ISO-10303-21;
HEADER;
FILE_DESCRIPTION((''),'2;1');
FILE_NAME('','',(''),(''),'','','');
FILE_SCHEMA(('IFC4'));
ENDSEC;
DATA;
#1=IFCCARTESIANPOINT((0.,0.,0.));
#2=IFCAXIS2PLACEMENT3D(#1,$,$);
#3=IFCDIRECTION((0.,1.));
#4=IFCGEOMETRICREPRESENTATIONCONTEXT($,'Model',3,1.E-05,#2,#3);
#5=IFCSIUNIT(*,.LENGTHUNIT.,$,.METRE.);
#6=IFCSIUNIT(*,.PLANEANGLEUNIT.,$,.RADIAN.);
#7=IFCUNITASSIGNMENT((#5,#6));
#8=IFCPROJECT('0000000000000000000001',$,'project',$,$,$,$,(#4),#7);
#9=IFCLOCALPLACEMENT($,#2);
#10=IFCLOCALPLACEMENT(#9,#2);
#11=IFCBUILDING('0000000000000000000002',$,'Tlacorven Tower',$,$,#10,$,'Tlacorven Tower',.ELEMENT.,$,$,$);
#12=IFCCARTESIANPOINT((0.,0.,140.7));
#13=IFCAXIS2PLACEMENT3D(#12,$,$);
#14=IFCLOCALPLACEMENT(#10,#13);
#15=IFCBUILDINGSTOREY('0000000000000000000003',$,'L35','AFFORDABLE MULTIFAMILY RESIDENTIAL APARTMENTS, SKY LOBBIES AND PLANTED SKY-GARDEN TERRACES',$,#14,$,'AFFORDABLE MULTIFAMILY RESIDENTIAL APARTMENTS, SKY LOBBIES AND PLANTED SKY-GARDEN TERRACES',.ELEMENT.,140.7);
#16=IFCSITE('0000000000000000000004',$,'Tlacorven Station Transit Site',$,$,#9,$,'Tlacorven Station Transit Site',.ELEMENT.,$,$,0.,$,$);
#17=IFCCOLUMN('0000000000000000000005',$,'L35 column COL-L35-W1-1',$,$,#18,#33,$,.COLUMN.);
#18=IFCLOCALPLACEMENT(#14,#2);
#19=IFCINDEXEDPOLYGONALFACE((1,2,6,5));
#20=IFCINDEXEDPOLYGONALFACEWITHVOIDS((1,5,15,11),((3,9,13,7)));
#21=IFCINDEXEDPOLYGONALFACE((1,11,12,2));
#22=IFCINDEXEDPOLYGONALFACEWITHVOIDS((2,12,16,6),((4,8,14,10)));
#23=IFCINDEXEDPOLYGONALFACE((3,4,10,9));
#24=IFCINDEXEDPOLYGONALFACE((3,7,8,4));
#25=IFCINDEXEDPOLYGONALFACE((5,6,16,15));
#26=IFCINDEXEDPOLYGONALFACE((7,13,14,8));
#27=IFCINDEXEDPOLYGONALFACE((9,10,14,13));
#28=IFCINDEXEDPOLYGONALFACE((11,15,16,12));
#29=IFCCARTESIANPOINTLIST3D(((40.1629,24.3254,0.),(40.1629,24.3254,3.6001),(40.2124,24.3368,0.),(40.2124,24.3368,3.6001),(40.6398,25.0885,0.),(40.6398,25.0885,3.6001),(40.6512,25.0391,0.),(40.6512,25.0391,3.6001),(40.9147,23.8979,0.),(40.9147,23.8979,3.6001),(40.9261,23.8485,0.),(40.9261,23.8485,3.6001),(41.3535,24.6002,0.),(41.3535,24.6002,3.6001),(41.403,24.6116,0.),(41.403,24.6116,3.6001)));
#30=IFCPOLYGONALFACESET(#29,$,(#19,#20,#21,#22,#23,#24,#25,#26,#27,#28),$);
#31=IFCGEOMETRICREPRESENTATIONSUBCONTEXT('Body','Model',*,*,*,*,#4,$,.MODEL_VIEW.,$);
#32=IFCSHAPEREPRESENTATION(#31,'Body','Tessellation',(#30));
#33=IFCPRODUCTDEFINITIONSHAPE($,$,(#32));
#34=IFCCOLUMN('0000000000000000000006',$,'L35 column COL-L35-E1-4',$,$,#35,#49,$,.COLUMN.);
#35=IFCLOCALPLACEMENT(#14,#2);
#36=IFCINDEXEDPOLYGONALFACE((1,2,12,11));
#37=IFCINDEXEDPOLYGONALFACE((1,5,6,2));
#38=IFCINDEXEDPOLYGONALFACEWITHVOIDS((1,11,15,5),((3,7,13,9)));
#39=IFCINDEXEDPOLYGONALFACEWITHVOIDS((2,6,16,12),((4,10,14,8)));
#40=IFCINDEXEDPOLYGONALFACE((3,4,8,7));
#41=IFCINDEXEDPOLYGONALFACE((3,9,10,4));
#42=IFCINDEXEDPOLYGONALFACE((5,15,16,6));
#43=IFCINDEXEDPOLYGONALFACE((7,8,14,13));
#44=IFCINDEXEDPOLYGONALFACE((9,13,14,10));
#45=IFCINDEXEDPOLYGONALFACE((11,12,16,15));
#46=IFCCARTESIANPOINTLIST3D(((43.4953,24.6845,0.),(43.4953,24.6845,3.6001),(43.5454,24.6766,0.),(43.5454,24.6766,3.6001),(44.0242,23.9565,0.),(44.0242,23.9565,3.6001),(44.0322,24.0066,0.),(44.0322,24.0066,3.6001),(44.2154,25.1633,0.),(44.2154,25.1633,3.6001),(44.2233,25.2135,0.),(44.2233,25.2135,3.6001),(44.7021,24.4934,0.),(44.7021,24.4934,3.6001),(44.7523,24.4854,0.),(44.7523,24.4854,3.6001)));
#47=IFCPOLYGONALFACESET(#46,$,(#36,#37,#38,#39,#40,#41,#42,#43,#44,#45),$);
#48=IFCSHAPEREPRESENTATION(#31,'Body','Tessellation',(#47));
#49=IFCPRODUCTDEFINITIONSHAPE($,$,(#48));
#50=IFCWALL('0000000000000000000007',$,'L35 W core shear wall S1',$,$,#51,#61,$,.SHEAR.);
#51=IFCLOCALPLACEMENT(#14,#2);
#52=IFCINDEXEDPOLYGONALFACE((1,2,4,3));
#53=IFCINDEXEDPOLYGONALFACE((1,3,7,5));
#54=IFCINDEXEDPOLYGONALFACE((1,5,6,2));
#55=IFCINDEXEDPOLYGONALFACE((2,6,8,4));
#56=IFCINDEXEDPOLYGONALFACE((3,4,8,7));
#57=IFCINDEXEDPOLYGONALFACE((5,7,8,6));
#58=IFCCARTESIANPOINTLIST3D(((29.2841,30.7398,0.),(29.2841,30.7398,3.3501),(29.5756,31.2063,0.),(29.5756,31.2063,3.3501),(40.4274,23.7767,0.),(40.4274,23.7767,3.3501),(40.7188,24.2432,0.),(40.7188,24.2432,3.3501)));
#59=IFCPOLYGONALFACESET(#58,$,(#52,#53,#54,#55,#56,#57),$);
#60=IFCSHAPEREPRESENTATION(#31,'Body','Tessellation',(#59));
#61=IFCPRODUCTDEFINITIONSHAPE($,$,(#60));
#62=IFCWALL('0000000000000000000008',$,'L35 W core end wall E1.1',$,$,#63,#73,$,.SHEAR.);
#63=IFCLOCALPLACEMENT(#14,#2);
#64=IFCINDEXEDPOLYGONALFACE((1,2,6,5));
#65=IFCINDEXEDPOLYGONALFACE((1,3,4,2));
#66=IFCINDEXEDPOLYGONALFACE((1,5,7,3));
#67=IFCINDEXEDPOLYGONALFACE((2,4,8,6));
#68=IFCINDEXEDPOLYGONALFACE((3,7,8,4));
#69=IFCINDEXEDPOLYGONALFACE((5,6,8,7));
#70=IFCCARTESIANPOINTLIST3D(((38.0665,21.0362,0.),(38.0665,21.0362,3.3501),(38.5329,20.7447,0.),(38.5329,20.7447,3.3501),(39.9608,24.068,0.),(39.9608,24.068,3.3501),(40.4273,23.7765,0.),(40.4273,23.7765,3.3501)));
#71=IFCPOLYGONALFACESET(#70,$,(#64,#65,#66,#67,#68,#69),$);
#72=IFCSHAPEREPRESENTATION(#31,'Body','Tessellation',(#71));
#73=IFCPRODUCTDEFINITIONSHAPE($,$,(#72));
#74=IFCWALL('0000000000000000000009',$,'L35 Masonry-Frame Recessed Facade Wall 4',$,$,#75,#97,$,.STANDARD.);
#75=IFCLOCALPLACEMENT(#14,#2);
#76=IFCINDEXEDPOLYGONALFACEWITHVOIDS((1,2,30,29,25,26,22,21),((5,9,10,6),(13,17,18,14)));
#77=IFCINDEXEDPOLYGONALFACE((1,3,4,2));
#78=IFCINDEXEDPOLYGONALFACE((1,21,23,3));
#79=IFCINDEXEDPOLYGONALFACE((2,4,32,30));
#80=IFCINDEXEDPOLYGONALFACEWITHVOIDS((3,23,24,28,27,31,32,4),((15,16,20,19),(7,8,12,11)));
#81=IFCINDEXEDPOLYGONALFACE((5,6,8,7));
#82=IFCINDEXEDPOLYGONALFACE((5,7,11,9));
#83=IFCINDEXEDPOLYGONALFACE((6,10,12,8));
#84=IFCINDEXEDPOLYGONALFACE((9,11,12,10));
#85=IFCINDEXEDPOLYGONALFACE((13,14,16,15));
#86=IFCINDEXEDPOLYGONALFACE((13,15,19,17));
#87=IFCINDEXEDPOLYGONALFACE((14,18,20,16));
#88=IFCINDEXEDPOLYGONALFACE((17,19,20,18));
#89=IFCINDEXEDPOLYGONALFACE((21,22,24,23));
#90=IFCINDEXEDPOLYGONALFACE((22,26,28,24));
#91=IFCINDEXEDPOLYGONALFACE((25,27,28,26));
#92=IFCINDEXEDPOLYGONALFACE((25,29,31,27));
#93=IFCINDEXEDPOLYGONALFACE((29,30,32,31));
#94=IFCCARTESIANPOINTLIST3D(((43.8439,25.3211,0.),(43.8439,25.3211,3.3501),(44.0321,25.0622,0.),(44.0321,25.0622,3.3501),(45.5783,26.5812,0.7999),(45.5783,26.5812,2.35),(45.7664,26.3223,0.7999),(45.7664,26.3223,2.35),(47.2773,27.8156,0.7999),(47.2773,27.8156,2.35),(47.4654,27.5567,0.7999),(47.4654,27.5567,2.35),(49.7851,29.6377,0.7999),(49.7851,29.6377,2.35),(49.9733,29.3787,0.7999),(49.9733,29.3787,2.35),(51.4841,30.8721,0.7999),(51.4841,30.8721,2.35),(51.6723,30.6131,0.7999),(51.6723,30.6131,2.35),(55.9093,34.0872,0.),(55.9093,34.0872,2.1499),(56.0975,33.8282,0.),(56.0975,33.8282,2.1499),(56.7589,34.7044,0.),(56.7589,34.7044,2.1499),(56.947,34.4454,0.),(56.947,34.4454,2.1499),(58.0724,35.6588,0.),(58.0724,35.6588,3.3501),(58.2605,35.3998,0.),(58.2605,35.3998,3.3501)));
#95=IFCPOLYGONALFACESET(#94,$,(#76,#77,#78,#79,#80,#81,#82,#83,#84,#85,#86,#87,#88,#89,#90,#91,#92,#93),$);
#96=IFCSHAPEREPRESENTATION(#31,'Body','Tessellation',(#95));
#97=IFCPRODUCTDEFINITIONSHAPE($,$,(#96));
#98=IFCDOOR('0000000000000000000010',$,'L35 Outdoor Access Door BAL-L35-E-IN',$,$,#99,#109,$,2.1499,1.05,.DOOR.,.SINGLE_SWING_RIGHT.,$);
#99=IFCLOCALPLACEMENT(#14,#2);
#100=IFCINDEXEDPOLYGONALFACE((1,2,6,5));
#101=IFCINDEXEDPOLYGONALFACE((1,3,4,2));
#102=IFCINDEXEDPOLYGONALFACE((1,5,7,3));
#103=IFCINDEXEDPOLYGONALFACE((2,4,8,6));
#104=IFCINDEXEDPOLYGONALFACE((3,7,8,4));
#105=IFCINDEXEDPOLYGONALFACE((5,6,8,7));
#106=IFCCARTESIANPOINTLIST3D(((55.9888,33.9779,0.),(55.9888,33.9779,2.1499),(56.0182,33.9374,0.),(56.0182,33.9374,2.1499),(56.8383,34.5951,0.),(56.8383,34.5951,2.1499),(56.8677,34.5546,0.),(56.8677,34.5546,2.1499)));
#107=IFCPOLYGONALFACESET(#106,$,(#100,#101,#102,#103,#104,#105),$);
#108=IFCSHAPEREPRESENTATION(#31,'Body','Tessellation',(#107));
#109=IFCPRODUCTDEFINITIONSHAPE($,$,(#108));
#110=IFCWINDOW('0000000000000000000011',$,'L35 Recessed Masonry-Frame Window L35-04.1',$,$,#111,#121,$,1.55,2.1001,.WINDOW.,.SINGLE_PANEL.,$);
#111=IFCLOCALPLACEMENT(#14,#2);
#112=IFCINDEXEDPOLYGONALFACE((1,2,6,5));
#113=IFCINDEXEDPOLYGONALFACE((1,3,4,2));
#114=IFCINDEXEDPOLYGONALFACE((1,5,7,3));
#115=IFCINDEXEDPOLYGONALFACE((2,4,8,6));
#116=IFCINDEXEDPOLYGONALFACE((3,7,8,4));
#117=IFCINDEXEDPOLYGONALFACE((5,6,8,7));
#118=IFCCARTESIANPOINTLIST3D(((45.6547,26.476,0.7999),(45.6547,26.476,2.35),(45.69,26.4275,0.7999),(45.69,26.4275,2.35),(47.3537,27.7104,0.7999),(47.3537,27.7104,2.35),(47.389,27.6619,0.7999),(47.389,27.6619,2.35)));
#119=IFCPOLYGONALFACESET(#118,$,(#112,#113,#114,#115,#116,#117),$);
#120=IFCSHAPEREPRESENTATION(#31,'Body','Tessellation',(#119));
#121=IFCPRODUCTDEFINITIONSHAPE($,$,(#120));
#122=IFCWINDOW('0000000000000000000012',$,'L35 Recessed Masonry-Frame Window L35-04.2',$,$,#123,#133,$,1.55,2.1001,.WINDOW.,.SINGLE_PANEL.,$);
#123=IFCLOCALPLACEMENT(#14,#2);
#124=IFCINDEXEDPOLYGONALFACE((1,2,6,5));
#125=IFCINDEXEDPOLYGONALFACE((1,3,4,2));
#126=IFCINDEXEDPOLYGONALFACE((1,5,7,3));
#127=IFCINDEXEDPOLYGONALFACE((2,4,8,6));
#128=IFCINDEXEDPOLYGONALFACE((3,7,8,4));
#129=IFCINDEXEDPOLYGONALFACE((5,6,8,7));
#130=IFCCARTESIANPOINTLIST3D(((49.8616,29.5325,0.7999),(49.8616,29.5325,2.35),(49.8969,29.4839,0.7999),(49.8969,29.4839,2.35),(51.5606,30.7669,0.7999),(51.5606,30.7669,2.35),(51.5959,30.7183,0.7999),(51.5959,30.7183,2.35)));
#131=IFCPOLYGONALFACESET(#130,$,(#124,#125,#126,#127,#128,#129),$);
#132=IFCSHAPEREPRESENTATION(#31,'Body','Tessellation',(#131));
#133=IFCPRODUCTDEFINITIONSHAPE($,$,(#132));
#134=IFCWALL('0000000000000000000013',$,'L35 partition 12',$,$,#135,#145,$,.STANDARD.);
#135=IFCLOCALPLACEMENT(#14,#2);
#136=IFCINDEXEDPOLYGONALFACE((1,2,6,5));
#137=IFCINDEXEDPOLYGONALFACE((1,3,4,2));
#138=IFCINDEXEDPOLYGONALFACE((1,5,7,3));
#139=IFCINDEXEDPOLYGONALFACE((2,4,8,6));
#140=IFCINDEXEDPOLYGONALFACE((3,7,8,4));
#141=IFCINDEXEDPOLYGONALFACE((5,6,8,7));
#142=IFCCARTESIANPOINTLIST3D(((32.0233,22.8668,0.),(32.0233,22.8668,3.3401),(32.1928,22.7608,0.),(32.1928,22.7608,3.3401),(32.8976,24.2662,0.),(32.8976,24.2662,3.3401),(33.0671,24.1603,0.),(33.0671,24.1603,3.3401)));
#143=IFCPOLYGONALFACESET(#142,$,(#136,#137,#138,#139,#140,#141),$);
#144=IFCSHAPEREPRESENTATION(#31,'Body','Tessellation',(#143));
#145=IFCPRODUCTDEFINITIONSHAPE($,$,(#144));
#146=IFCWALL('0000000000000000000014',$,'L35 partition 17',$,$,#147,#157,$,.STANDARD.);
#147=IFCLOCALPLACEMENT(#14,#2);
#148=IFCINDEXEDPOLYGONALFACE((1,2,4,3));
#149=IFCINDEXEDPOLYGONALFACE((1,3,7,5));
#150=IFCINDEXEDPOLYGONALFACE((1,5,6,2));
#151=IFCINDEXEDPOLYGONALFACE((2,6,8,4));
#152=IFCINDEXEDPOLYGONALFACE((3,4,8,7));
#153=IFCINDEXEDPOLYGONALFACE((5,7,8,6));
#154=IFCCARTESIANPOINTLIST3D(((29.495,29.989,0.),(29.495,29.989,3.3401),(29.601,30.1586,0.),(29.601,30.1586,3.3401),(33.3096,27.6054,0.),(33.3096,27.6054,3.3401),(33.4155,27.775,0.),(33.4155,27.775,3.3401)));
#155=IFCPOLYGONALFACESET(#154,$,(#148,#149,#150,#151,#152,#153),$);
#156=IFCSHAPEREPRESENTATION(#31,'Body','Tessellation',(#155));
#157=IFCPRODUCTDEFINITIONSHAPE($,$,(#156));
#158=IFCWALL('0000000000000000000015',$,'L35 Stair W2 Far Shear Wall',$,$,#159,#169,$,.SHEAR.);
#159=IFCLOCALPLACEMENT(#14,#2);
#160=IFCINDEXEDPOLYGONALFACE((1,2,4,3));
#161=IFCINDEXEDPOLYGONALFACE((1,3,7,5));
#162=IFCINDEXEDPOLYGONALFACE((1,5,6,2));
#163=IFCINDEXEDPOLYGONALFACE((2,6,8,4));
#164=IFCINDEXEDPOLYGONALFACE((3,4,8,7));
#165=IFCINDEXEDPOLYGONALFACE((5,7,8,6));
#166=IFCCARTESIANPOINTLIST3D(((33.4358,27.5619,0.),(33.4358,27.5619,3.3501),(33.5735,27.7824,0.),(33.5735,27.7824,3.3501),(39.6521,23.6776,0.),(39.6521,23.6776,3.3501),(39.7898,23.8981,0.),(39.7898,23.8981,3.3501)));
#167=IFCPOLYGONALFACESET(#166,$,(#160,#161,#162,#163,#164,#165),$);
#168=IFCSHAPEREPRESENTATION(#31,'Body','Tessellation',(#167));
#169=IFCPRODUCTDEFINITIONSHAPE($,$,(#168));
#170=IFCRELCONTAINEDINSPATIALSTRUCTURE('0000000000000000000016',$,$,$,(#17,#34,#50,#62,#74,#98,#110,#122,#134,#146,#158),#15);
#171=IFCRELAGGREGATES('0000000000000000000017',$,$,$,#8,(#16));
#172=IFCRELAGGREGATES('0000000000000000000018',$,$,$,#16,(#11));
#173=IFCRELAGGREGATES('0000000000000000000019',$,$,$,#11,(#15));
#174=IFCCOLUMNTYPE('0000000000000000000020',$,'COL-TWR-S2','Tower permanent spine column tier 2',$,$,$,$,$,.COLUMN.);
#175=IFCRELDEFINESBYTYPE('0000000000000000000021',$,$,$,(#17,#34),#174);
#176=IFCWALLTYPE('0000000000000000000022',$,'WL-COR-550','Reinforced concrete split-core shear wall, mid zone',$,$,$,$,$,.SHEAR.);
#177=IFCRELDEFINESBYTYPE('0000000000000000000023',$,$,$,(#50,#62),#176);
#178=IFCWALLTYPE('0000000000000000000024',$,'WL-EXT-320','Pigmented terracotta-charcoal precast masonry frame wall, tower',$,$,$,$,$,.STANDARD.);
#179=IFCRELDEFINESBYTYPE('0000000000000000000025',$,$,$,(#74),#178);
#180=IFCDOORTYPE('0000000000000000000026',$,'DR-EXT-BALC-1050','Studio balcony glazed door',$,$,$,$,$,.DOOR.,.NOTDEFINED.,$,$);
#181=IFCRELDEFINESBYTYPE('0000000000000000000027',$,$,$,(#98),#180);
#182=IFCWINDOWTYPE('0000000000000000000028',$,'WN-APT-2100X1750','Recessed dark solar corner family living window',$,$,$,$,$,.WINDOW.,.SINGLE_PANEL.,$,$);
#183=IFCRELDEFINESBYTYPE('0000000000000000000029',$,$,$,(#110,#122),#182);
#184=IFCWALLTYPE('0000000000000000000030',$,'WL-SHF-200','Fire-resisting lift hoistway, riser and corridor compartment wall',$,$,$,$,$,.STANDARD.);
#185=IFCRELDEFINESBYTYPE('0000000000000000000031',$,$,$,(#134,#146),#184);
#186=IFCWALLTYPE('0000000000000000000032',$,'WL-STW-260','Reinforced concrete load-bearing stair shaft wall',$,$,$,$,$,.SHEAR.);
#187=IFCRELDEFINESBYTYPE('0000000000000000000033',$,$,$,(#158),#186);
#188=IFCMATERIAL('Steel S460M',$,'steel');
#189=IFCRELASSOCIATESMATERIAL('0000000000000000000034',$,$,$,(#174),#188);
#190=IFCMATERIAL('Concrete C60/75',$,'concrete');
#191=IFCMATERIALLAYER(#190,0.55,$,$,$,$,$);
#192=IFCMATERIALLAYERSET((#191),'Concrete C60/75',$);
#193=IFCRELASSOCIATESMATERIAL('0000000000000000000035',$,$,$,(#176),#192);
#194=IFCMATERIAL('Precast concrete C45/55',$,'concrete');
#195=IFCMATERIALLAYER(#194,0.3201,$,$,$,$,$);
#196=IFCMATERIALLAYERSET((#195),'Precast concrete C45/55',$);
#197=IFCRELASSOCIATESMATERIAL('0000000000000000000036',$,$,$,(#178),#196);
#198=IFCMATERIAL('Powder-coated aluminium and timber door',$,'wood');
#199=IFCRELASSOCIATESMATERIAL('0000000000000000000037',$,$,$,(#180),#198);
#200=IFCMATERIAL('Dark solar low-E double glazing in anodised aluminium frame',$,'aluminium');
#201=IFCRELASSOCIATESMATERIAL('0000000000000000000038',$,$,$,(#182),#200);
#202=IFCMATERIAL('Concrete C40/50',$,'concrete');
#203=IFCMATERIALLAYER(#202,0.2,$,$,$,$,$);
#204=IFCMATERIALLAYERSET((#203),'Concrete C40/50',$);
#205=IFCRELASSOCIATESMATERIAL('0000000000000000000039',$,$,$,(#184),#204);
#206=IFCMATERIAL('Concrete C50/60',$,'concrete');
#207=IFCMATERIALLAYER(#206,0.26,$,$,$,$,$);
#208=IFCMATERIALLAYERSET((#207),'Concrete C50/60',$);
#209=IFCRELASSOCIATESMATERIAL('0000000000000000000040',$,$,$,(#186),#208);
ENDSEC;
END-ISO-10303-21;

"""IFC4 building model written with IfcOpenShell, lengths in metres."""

from ifc_helpers import new_model, si_unit, direction, frame, frame_2d, origin, origin_2d, place, context, subcontext, project, spatial, rectangle, hollow_rectangle, extrude, source, transform, mapped, material, layer, layer_set, material_profile, profile_set, type_object, element, fill, save


model = new_model("IFC4")

# Units and contexts
model_context = context("Model", 3, precision=1e-05, world=origin(), true_north=direction((0.0, 1.0)))
body_context = subcontext(model_context, "Body", "Model", "MODEL_VIEW")
ifc_project = project(units=[si_unit("LENGTHUNIT", "METRE"), si_unit("PLANEANGLEUNIT", "RADIAN")], contexts=[model_context])

# Site, building, storey
site_placement = place(None, origin())
site = spatial("IfcSite", under=ifc_project, at=site_placement, Name="Tlacorven Station Transit Site", LongName="Tlacorven Station Transit Site", CompositionType="ELEMENT", RefElevation=0.0)
building_placement = place(site_placement, origin())
building = spatial("IfcBuilding", under=site, at=building_placement, Name="Tlacorven Tower", LongName="Tlacorven Tower", CompositionType="ELEMENT")
storey_placement = place(building_placement, frame((0.0, 0.0, 140.7)))
storey = spatial("IfcBuildingStorey", under=building, at=storey_placement, Name="L35", Description="AFFORDABLE MULTIFAMILY RESIDENTIAL APARTMENTS, SKY LOBBIES AND PLANTED SKY-GARDEN TERRACES", LongName="AFFORDABLE MULTIFAMILY RESIDENTIAL APARTMENTS, SKY LOBBIES AND PLANTED SKY-GARDEN TERRACES", CompositionType="ELEMENT", Elevation=140.7)

# Columns
ifc_material_1 = material(Name="Steel S460M", Category="steel")
ifc_material_profile = material_profile(ifc_material_1, hollow_rectangle(XDim=0.8999, YDim=0.8999, WallThickness=0.0359, at=origin_2d()), Name="BOX 900X900X36")
ifc_profile_set = profile_set([ifc_material_profile], Name="Steel S460M")
column_type = type_object("IfcColumnType", Name="COL-TWR-S2", Description="Tower permanent spine column tier 2", PredefinedType="COLUMN", material=ifc_profile_set)
shared_shape_1 = source(origin(), body_context, "Body", "SweptSolid", [
    extrude(hollow_rectangle(XDim=0.8999, YDim=0.8999, WallThickness=0.0359, at=origin_2d()), origin(), (0.0, 0.0, 1.0), 3.6001),
])
for number, where, z_axis, x_axis, name in (
    (1, (40.783, 24.4685, 0.0), (0.0, 0.0, 1.0), (-0.848048, 0.529919, 0.0), "L35 column COL-L35-W1-1"),
    (2, (44.1238, 24.585, 0.0), (0.0, 0.0, 1.0), (0.809017, 0.587785, 0.0), "L35 column COL-L35-E1-4"),
):
    element("IfcColumn", number, at=place(storey_placement, frame(where, z_axis=z_axis, x_axis=x_axis)), inside=storey, type_object=column_type, Name=name, PredefinedType="COLUMN", context=body_context, shape_type="MappedRepresentation", body=[
        mapped(shared_shape_1, transform((0.0, 0.0, 0.0), scale=1.0)),
    ])

# Walls
ifc_material_2 = material(Name="Concrete C60/75", Category="concrete")
ifc_layer_1 = layer(ifc_material_2, 0.55)
ifc_layer_set_1 = layer_set([ifc_layer_1], Name="Concrete C60/75")
wall_type_1 = type_object("IfcWallType", Name="WL-COR-550", Description="Reinforced concrete split-core shear wall, mid zone", PredefinedType="SHEAR", material=ifc_layer_set_1)
wall_1_placement = place(storey_placement, frame((40.573, 24.01, 0.0), z_axis=(0.0, 0.0, 1.0), x_axis=(-0.848047, 0.52992, 0.0)))
element("IfcWall", 3, at=wall_1_placement, inside=storey, type_object=wall_type_1, Name="L35 W core shear wall S1", PredefinedType="SHEAR", context=body_context, shape_type="SweptSolid", body=[
    extrude(rectangle(XDim=13.1399, YDim=0.55, at=frame_2d((6.5698, 0.0))), origin(), (0.0, 0.0, 1.0), 3.3501),
])
wall_2_placement = place(storey_placement, frame((40.1941, 23.9224, 0.0), z_axis=(0.0, 0.0, 1.0), x_axis=(-0.529888, -0.848067, 0.0)))
element("IfcWall", 4, at=wall_2_placement, inside=storey, type_object=wall_type_1, Name="L35 W core end wall E1.1", PredefinedType="SHEAR", context=body_context, shape_type="SweptSolid", body=[
    extrude(rectangle(XDim=3.575, YDim=0.55, at=frame_2d((1.7876, 0.0))), origin(), (0.0, 0.0, 1.0), 3.3501),
])

# Wall, openings, door, windows
ifc_material_3 = material(Name="Precast concrete C45/55", Category="concrete")
ifc_layer_2 = layer(ifc_material_3, 0.3201)
ifc_layer_set_2 = layer_set([ifc_layer_2], Name="Precast concrete C45/55")
wall_type_2 = type_object("IfcWallType", Name="WL-EXT-320", Description="Pigmented terracotta-charcoal precast masonry frame wall, tower", PredefinedType="STANDARD", material=ifc_layer_set_2)
wall_3_placement = place(storey_placement, frame((43.938, 25.1917, 0.0), z_axis=(0.0, 0.0, 1.0), x_axis=(0.809016, 0.587786, 0.0)))
wall_3 = element("IfcWall", 5, at=wall_3_placement, inside=storey, type_object=wall_type_2, Name="L35 Masonry-Frame Recessed Facade Wall 4", PredefinedType="STANDARD", context=body_context, shape_type="SweptSolid", body=[
    extrude(rectangle(XDim=17.5874, YDim=0.3201, at=frame_2d((8.7937, 0.0))), origin(), (0.0, 0.0, 1.0), 3.3501),
])
opening_1_placement = place(wall_3_placement, frame((14.9138, 0.0, 0.0)))
opening_1 = element("IfcOpeningElement", 6, at=opening_1_placement, cuts=wall_3, PredefinedType="OPENING", context=body_context, shape_type="SweptSolid", body=[
    extrude(rectangle(XDim=1.05, YDim=2.1499, at=frame_2d((0.5249, 1.075))), frame((0.0, 0.1699, 0.0), z_axis=(0.0, -1.0, 0.0), x_axis=(1.0, 0.0, 0.0)), (0.0, 0.0, 1.0), 0.3401),
])
opening_2_placement = place(wall_3_placement, frame((2.1438, 0.0, 0.8)))
opening_2 = element("IfcOpeningElement", 7, at=opening_2_placement, cuts=wall_3, PredefinedType="OPENING", context=body_context, shape_type="SweptSolid", body=[
    extrude(rectangle(XDim=2.1001, YDim=1.55, at=frame_2d((1.05, 0.7749))), frame((0.0, 0.1699, 0.0), z_axis=(0.0, -1.0, 0.0), x_axis=(1.0, 0.0, 0.0)), (0.0, 0.0, 1.0), 0.3401),
])
opening_3_placement = place(wall_3_placement, frame((7.3438, 0.0, 0.8)))
opening_3 = element("IfcOpeningElement", 8, at=opening_3_placement, cuts=wall_3, PredefinedType="OPENING", context=body_context, shape_type="SweptSolid", body=[
    extrude(rectangle(XDim=2.1001, YDim=1.55, at=frame_2d((1.05, 0.7749))), frame((0.0, 0.1699, 0.0), z_axis=(0.0, -1.0, 0.0), x_axis=(1.0, 0.0, 0.0)), (0.0, 0.0, 1.0), 0.3401),
])
ifc_material_4 = material(Name="Powder-coated aluminium and timber door", Category="wood")
door_type = type_object("IfcDoorType", Name="DR-EXT-BALC-1050", Description="Studio balcony glazed door", OperationType="NOTDEFINED", PredefinedType="DOOR", material=ifc_material_4)
shared_shape_2 = source(origin(), body_context, "Body", "SweptSolid", [
    extrude(rectangle(XDim=1.05, YDim=2.1499, at=frame_2d((0.5249, 1.075))), frame((0.0, 0.0249, 0.0), z_axis=(0.0, -1.0, 0.0), x_axis=(1.0, 0.0, 0.0)), (0.0, 0.0, 1.0), 0.05),
])
door_placement = place(opening_1_placement, origin())
door = element("IfcDoor", 9, at=door_placement, inside=storey, type_object=door_type, Name="L35 Outdoor Access Door BAL-L35-E-IN", OperationType="SINGLE_SWING_RIGHT", OverallHeight=2.1499, OverallWidth=1.05, PredefinedType="DOOR", context=body_context, shape_type="MappedRepresentation", body=[
    mapped(shared_shape_2, transform((0.0, 0.0, 0.0), scale=1.0)),
])
fill(opening_1, door)
ifc_material_5 = material(Name="Dark solar low-E double glazing in anodised aluminium frame", Category="aluminium")
window_type = type_object("IfcWindowType", Name="WN-APT-2100X1750", Description="Recessed dark solar corner family living window", PartitioningType="SINGLE_PANEL", PredefinedType="WINDOW", material=ifc_material_5)
shared_shape_3 = source(origin(), body_context, "Body", "SweptSolid", [
    extrude(rectangle(XDim=2.1001, YDim=1.55, at=frame_2d((1.05, 0.7749))), frame((0.0, 0.03, 0.0), z_axis=(0.0, -1.0, 0.0), x_axis=(1.0, 0.0, 0.0)), (0.0, 0.0, 1.0), 0.0601),
])
window_1_placement = place(opening_2_placement, origin())
window_1 = element("IfcWindow", 10, at=window_1_placement, inside=storey, type_object=window_type, Name="L35 Recessed Masonry-Frame Window L35-04.1", OverallHeight=1.55, OverallWidth=2.1001, PartitioningType="SINGLE_PANEL", PredefinedType="WINDOW", context=body_context, shape_type="MappedRepresentation", body=[
    mapped(shared_shape_3, transform((0.0, 0.0, 0.0), scale=1.0)),
])
fill(opening_2, window_1)
window_2_placement = place(opening_3_placement, origin())
window_2 = element("IfcWindow", 11, at=window_2_placement, inside=storey, type_object=window_type, Name="L35 Recessed Masonry-Frame Window L35-04.2", OverallHeight=1.55, OverallWidth=2.1001, PartitioningType="SINGLE_PANEL", PredefinedType="WINDOW", context=body_context, shape_type="MappedRepresentation", body=[
    mapped(shared_shape_3, transform((0.0, 0.0, 0.0), scale=1.0)),
])
fill(opening_3, window_2)

# Walls
ifc_material_6 = material(Name="Concrete C40/50", Category="concrete")
ifc_layer_3 = layer(ifc_material_6, 0.2)
ifc_layer_set_3 = layer_set([ifc_layer_3], Name="Concrete C40/50")
wall_type_3 = type_object("IfcWallType", Name="WL-SHF-200", Description="Fire-resisting lift hoistway, riser and corridor compartment wall", PredefinedType="STANDARD", material=ifc_layer_set_3)
wall_4_placement = place(storey_placement, frame((32.9824, 24.2134, 0.0), z_axis=(0.0, 0.0, 1.0), x_axis=(-0.529839, -0.848098, 0.0)))
element("IfcWall", 12, at=wall_4_placement, inside=storey, type_object=wall_type_3, Name="L35 partition 12", PredefinedType="STANDARD", context=body_context, shape_type="SweptSolid", body=[
    extrude(rectangle(XDim=1.6501, YDim=0.2, at=frame_2d((0.8252, 0.0))), origin(), (0.0, 0.0, 1.0), 3.3401),
])
wall_5_placement = place(storey_placement, frame((33.3625, 27.6902, 0.0), z_axis=(0.0, 0.0, 1.0), x_axis=(-0.848047, 0.529921, 0.0)))
element("IfcWall", 13, at=wall_5_placement, inside=storey, type_object=wall_type_3, Name="L35 partition 17", PredefinedType="STANDARD", context=body_context, shape_type="SweptSolid", body=[
    extrude(rectangle(XDim=4.498, YDim=0.2, at=frame_2d((2.249, 0.0))), origin(), (0.0, 0.0, 1.0), 3.3401),
])
ifc_material_7 = material(Name="Concrete C50/60", Category="concrete")
ifc_layer_4 = layer(ifc_material_7, 0.26)
ifc_layer_set_4 = layer_set([ifc_layer_4], Name="Concrete C50/60")
wall_type_4 = type_object("IfcWallType", Name="WL-STW-260", Description="Reinforced concrete load-bearing stair shaft wall", PredefinedType="SHEAR", material=ifc_layer_set_4)
wall_6_placement = place(storey_placement, frame((39.7209, 23.7878, 0.0), z_axis=(0.0, 0.0, 1.0), x_axis=(-0.848054, 0.529909, 0.0)))
element("IfcWall", 14, at=wall_6_placement, inside=storey, type_object=wall_type_4, Name="L35 Stair W2 Far Shear Wall", PredefinedType="SHEAR", context=body_context, shape_type="SweptSolid", body=[
    extrude(rectangle(XDim=7.3301, YDim=0.26, at=frame_2d((3.665, 0.0))), origin(), (0.0, 0.0, 1.0), 3.3501),
])

save(model, "model.ifc")
